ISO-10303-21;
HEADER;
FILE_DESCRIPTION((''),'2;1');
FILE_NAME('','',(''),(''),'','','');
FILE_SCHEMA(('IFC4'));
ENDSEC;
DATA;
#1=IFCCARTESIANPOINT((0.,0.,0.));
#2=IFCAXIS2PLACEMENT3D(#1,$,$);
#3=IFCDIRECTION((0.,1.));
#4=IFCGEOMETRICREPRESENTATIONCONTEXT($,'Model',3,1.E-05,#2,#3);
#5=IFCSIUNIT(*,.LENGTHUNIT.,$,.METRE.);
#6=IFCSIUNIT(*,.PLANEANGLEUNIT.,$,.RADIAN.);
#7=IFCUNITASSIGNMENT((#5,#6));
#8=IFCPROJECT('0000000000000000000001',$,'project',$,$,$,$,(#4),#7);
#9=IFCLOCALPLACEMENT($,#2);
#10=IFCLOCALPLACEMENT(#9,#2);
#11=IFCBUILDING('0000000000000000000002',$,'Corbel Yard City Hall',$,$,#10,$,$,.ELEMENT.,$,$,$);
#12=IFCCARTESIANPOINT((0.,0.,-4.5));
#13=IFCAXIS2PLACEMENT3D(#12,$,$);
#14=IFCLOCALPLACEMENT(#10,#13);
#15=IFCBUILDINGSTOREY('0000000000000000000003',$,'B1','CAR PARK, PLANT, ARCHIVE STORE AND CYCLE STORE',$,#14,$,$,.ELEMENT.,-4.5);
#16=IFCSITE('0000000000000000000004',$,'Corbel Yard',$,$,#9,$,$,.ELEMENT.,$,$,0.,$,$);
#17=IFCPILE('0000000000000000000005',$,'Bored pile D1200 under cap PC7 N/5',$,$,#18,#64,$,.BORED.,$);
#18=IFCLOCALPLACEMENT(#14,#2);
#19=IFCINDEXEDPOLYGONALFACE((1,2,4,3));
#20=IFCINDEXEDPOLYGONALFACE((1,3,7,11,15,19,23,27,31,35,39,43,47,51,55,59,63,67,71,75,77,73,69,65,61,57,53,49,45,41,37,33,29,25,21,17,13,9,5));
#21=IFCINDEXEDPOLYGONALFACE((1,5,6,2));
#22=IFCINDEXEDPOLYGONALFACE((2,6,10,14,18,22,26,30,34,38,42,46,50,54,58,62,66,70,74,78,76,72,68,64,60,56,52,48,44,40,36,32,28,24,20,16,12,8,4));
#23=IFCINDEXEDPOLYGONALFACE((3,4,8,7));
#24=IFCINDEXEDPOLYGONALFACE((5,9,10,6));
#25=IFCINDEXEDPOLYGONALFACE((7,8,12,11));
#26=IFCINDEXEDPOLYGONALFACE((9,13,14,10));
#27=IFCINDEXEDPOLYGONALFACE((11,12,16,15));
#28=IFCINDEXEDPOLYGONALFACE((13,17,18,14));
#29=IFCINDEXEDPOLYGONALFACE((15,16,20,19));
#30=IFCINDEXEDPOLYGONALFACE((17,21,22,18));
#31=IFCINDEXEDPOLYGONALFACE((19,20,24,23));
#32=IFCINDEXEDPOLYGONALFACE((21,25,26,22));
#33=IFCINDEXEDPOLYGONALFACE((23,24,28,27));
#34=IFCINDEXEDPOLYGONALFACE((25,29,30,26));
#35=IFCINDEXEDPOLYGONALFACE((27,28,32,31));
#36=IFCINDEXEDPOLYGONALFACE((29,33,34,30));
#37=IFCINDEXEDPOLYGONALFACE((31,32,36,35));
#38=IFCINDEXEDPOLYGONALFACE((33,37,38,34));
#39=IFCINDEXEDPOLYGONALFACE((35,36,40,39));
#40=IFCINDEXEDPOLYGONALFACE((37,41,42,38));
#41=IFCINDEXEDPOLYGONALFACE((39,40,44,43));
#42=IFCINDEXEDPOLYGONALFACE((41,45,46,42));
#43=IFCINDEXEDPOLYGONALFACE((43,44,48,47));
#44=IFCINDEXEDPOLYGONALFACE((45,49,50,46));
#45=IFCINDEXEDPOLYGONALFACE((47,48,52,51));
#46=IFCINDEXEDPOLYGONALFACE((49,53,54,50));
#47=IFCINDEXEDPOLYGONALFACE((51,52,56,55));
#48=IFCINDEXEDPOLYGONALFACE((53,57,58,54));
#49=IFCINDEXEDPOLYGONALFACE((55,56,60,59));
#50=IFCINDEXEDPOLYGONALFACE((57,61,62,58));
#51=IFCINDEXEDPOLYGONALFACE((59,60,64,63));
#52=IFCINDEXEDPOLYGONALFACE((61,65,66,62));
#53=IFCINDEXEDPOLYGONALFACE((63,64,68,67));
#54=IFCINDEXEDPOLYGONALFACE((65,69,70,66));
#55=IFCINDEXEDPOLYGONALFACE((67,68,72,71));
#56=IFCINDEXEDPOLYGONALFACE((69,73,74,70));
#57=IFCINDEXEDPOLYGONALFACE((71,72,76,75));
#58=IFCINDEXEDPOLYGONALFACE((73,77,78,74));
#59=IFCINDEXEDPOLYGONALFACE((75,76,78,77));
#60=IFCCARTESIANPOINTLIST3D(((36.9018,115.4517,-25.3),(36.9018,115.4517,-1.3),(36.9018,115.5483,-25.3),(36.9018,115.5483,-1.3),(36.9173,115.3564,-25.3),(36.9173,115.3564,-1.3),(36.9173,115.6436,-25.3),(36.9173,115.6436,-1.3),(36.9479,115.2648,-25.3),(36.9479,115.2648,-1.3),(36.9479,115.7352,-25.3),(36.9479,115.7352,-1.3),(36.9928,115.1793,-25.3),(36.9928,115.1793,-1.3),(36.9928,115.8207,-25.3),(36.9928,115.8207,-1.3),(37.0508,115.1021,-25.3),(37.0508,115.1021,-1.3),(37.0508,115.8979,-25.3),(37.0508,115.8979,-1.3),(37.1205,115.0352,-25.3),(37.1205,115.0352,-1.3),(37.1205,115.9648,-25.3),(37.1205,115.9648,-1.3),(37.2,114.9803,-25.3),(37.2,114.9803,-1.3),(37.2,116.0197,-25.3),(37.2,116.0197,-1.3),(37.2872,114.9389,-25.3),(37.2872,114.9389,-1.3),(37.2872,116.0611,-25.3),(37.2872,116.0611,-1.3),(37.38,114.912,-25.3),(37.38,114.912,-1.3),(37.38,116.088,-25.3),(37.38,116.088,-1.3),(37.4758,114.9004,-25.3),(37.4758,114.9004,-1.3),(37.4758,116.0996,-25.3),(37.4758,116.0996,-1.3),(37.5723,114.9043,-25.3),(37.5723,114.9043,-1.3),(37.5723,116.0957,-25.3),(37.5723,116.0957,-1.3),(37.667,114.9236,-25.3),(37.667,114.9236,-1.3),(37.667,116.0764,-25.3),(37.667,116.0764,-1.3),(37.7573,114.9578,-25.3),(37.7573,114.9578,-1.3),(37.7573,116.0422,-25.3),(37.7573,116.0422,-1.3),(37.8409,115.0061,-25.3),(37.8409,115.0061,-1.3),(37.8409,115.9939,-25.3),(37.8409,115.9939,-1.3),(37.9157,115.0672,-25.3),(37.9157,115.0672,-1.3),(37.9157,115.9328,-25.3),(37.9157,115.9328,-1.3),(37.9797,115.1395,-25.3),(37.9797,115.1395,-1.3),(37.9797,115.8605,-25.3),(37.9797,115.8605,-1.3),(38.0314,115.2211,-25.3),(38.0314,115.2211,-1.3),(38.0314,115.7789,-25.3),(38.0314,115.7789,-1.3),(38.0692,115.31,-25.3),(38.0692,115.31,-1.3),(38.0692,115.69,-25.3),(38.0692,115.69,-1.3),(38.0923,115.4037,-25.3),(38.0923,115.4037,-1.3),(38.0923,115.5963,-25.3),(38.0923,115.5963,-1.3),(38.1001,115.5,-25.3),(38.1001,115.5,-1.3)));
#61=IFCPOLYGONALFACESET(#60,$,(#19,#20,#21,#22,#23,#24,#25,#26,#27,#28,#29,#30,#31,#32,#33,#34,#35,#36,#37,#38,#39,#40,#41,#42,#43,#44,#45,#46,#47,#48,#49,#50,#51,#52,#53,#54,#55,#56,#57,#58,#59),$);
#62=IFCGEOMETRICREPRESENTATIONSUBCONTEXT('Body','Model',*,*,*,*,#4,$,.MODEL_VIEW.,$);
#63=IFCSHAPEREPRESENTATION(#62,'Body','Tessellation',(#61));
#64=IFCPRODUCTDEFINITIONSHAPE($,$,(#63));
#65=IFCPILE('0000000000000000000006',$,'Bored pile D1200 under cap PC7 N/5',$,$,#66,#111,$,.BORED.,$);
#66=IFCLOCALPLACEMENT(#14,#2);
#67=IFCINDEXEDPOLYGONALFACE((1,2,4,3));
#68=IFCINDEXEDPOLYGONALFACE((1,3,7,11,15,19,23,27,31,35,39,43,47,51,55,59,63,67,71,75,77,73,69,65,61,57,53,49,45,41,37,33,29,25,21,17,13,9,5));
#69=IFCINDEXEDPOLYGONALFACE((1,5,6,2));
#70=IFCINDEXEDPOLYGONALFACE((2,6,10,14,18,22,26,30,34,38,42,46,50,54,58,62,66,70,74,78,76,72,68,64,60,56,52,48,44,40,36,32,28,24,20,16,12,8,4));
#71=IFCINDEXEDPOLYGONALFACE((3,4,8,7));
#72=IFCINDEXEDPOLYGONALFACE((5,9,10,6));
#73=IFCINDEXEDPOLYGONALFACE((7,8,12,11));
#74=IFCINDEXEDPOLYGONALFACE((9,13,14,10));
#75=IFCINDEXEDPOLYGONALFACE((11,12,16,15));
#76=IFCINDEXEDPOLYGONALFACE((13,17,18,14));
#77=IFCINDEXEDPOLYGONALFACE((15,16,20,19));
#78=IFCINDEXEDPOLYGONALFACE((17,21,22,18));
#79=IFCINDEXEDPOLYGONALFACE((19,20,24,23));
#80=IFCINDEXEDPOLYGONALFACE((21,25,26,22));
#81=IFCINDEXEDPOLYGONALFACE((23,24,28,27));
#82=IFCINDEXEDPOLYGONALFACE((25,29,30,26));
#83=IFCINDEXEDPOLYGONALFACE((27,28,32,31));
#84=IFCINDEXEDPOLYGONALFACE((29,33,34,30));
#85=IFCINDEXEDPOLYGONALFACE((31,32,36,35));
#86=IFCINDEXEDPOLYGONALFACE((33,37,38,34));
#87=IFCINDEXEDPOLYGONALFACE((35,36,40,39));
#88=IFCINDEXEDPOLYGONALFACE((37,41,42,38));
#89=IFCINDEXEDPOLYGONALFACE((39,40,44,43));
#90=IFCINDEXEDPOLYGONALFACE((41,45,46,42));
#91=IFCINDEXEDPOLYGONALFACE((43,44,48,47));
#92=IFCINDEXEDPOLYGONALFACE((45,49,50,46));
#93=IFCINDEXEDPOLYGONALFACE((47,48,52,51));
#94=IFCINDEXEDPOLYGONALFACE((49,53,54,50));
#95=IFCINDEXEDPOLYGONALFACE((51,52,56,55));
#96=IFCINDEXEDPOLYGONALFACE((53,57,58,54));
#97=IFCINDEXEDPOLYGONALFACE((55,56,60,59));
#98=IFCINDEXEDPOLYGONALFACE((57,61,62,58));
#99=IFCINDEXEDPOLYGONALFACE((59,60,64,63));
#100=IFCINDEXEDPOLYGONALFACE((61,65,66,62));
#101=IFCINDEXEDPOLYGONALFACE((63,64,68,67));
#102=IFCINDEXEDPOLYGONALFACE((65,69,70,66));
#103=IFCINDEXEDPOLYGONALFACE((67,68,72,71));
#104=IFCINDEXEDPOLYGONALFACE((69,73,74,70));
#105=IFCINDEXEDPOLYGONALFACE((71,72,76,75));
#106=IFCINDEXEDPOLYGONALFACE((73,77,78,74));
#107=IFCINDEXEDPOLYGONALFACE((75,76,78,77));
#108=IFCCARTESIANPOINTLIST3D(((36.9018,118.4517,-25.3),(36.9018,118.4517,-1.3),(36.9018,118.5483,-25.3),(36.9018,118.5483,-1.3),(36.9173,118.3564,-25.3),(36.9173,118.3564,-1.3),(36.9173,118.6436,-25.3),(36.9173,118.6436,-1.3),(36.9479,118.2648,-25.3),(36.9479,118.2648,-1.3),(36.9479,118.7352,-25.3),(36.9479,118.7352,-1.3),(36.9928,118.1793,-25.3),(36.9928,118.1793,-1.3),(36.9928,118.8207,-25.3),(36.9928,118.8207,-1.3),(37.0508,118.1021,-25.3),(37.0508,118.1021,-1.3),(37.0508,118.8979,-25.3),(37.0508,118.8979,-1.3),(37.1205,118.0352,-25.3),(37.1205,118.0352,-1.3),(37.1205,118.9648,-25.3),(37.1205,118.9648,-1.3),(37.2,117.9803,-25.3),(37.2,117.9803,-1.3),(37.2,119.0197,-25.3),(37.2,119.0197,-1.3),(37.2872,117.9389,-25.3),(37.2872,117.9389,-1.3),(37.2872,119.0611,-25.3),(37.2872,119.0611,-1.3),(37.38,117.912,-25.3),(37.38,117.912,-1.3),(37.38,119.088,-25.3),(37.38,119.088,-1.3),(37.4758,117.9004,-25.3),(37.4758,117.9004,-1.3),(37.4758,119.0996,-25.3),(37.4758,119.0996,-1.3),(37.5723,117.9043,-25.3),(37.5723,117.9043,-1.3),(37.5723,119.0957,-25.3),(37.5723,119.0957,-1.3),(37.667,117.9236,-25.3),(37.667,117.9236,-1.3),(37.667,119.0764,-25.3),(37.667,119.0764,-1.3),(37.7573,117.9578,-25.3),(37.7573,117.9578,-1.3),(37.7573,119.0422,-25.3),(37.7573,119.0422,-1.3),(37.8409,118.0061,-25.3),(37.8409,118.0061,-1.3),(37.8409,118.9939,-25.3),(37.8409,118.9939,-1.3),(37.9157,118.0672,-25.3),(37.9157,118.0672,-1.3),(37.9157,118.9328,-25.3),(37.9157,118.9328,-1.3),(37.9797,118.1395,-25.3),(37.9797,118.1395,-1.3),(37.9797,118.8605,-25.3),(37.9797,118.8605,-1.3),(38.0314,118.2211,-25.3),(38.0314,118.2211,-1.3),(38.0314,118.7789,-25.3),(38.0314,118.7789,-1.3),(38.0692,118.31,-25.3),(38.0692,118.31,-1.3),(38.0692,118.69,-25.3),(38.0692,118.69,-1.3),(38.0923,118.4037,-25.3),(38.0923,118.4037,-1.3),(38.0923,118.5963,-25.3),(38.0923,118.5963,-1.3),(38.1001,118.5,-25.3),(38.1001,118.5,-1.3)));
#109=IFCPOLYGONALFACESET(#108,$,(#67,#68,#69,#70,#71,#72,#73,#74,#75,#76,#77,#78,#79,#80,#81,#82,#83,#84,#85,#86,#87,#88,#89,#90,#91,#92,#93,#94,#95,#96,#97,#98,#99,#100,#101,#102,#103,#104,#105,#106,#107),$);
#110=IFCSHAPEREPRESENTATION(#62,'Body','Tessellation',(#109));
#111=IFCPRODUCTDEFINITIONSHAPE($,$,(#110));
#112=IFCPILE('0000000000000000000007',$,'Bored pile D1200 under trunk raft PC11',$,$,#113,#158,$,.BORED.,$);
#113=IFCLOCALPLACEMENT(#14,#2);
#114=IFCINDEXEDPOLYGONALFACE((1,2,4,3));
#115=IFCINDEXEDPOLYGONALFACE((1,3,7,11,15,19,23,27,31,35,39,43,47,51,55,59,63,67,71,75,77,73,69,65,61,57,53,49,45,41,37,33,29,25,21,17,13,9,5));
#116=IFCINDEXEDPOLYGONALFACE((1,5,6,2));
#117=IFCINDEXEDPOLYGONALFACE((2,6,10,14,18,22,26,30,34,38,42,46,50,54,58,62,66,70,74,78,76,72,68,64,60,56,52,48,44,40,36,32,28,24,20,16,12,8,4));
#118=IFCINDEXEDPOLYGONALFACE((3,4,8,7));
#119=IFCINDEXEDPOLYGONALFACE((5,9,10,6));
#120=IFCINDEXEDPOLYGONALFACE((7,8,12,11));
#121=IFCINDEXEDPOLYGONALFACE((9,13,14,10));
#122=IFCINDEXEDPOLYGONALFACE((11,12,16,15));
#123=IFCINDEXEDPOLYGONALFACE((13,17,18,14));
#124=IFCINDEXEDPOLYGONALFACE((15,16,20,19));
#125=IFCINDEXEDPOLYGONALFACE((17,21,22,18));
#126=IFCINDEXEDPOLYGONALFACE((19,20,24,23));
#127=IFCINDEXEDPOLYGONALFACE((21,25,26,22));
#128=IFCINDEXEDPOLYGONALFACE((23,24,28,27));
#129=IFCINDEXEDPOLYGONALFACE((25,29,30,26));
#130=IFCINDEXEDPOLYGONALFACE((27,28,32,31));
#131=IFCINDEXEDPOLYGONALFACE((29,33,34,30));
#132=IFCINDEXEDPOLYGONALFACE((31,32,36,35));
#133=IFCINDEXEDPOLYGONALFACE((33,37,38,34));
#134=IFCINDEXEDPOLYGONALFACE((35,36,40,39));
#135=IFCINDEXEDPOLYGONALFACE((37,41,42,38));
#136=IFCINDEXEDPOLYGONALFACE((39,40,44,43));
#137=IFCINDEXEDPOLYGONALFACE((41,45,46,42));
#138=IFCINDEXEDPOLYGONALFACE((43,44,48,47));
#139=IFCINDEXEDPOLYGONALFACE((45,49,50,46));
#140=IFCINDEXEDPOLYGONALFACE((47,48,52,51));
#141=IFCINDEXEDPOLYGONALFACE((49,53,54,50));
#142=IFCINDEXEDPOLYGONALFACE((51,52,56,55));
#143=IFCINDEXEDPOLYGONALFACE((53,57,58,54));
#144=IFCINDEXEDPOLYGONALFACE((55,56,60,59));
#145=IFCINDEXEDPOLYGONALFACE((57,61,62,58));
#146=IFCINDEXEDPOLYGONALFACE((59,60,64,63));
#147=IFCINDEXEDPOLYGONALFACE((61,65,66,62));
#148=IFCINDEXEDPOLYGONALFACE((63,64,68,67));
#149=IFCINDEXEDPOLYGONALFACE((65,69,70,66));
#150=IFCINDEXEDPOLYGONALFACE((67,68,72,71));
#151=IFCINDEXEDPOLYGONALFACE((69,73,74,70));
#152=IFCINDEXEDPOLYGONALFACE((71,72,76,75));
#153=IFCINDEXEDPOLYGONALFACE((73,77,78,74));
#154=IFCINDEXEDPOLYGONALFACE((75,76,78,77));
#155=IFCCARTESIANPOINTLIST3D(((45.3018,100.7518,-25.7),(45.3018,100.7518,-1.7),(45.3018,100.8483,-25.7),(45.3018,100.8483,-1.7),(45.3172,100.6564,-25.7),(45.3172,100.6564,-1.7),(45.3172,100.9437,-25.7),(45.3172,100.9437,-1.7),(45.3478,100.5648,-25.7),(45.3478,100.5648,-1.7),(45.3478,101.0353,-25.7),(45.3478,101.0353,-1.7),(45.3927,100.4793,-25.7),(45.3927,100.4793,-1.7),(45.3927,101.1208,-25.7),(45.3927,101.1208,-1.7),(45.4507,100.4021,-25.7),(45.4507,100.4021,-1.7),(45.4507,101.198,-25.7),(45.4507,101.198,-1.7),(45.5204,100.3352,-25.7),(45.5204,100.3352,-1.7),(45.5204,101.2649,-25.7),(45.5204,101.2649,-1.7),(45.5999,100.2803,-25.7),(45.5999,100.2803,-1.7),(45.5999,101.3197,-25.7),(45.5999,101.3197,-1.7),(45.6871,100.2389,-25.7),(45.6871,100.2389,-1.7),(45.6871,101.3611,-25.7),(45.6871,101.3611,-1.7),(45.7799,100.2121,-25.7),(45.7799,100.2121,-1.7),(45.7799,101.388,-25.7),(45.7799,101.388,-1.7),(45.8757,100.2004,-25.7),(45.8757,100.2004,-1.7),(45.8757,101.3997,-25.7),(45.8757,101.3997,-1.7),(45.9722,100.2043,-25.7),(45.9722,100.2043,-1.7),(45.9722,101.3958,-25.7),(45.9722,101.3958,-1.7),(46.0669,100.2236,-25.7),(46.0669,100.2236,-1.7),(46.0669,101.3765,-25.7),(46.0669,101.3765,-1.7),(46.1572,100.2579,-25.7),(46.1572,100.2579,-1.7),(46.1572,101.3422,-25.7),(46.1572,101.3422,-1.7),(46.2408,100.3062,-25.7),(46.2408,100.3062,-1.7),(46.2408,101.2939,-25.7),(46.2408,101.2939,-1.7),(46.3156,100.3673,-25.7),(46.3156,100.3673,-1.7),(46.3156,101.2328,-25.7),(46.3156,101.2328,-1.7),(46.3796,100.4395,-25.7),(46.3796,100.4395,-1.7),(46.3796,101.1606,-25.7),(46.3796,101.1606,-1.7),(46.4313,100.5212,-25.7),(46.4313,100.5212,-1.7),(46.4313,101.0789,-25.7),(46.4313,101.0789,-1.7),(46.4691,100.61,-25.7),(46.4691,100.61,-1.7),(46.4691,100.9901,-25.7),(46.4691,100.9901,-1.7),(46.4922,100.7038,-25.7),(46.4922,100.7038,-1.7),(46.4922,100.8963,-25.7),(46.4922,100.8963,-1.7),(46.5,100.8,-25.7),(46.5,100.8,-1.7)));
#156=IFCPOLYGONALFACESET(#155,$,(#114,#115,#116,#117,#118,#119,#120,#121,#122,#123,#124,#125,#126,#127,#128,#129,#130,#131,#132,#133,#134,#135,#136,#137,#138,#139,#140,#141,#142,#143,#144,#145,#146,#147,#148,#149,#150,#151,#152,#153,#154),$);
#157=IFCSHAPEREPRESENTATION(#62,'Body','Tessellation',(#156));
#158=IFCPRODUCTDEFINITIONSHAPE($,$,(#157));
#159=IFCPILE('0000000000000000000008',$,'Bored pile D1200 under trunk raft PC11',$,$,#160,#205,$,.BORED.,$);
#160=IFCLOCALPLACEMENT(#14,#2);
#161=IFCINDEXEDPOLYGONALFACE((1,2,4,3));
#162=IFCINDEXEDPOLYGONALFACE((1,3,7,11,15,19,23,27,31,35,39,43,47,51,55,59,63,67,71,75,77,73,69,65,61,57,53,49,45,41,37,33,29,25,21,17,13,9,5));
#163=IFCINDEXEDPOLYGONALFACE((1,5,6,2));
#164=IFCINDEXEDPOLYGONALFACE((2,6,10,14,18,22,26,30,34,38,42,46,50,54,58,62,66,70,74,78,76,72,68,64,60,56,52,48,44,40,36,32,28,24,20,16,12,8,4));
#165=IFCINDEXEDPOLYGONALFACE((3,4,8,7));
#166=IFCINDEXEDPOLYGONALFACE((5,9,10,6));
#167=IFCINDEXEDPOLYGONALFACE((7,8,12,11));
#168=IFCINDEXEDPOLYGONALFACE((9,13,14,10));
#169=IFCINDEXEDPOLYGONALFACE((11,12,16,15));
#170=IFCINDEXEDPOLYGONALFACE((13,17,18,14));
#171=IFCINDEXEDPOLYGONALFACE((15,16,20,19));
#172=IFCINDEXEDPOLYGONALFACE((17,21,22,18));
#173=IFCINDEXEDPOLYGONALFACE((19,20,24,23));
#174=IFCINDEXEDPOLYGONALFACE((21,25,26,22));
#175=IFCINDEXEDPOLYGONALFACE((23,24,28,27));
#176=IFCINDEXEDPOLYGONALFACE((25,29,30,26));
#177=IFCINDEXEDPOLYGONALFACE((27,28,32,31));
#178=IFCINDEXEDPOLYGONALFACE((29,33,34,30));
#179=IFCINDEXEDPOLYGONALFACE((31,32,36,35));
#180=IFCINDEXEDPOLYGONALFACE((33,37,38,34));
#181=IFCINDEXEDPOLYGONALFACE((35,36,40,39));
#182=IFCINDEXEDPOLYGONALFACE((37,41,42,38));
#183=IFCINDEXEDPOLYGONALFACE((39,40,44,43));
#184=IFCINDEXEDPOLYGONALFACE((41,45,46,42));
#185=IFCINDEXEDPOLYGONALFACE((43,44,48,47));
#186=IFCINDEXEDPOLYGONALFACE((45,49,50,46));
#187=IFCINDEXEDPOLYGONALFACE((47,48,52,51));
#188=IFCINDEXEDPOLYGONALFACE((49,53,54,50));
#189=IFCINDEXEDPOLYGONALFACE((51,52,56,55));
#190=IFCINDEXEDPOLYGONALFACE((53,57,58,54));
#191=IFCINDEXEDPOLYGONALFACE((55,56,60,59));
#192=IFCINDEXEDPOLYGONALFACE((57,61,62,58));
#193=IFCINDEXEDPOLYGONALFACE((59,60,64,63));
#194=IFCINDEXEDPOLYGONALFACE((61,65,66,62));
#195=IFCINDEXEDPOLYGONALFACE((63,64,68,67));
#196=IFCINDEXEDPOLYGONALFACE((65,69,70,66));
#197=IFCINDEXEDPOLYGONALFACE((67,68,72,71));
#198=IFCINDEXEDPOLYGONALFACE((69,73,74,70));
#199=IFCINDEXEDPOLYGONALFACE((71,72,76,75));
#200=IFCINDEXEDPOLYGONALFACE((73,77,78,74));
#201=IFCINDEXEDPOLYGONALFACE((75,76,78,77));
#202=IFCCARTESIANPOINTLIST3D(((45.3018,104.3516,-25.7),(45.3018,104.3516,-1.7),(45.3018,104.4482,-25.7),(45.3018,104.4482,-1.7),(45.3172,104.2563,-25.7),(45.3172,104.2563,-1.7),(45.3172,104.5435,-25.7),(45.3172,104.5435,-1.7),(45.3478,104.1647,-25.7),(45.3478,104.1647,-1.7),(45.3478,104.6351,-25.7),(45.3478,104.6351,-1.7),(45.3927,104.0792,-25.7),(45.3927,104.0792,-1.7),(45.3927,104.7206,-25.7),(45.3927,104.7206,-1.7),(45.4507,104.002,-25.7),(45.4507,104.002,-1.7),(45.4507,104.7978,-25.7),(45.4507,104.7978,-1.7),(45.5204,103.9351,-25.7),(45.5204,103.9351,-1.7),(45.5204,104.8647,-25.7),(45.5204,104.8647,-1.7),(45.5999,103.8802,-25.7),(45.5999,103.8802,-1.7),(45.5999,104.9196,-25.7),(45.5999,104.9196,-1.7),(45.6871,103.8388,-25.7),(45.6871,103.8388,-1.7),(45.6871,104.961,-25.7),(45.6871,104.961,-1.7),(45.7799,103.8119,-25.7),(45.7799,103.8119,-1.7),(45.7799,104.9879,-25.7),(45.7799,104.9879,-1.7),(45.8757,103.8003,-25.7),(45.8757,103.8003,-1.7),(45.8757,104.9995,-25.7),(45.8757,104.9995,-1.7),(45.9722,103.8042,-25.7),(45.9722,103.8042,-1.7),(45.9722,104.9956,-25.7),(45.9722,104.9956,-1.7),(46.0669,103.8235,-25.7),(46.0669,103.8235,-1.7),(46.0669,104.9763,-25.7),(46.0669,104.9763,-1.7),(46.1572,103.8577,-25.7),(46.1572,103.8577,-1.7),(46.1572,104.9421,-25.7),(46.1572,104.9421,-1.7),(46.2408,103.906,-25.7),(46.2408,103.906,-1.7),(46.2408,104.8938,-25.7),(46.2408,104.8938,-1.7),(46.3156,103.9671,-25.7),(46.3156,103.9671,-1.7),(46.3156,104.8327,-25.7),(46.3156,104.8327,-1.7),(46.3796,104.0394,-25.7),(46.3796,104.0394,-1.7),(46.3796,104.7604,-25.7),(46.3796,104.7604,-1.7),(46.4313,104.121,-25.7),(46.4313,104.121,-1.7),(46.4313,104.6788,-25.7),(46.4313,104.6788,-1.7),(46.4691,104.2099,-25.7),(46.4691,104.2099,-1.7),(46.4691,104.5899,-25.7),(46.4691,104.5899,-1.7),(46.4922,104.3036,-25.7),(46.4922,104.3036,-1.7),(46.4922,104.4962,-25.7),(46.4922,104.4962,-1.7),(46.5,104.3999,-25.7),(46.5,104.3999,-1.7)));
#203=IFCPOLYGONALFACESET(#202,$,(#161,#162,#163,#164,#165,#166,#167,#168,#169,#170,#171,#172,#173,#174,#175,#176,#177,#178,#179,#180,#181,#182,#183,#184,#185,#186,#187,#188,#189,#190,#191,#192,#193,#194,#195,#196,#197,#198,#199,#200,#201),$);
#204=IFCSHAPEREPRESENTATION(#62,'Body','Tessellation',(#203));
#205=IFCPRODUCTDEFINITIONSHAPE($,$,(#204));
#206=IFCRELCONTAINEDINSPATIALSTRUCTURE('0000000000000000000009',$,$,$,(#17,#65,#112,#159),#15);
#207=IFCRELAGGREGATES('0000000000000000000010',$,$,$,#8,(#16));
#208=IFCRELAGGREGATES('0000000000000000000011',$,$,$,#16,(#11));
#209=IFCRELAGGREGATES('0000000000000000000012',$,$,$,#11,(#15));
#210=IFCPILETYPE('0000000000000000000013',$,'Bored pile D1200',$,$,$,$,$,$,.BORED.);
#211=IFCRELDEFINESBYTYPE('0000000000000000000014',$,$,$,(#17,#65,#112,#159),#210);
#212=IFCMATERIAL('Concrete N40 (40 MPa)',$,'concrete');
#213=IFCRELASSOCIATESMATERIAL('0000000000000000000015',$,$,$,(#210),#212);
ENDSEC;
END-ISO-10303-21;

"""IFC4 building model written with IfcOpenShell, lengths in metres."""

from ifc_helpers import new_model, si_unit, direction, frame, origin, origin_2d, place, context, subcontext, project, spatial, circle, extrude, material, material_profile, profile_set, type_object, element, save


model = new_model("IFC4")

# Units and contexts
model_context = context("Model", 3, precision=1e-05, world=origin(), true_north=direction((0.0, 1.0)))
body_context = subcontext(model_context, "Body", "Model", "MODEL_VIEW")
ifc_project = project(units=[si_unit("LENGTHUNIT", "METRE"), si_unit("PLANEANGLEUNIT", "RADIAN")], contexts=[model_context])

# Site, building, storey
site_placement = place(None, origin())
site = spatial("IfcSite", under=ifc_project, at=site_placement, Name="Corbel Yard", CompositionType="ELEMENT", RefElevation=0.0)
building_placement = place(site_placement, origin())
building = spatial("IfcBuilding", under=site, at=building_placement, Name="Corbel Yard City Hall", CompositionType="ELEMENT")
storey_placement = place(building_placement, frame((0.0, 0.0, -4.5)))
storey = spatial("IfcBuildingStorey", under=building, at=storey_placement, Name="B1", Description="CAR PARK, PLANT, ARCHIVE STORE AND CYCLE STORE", CompositionType="ELEMENT", Elevation=-4.5)

# Piles
ifc_material_1 = material(Name="Concrete N40 (40 MPa)", Category="concrete")
ifc_material_profile = material_profile(ifc_material_1, circle(Radius=0.6001, at=origin_2d()), Name="D1200")
ifc_profile_set = profile_set([ifc_material_profile], Name="Concrete N40 (40 MPa)")
pile_type = type_object("IfcPileType", Name="Bored pile D1200", PredefinedType="BORED", material=ifc_profile_set)
for number, where, z_axis, x_axis, name in (
    (1, (37.5, 115.5, -1.3), (0.0, 0.0, -1.0), (1.0, 0.0, 0.0), "Bored pile D1200 under cap PC7 N/5"),
    (2, (37.5, 118.5, -1.3), (0.0, 0.0, -1.0), (1.0, 0.0, 0.0), "Bored pile D1200 under cap PC7 N/5"),
    (3, (45.8999, 100.8, -1.7), (0.0, 0.0, -1.0), (1.0, 0.0, 0.0), "Bored pile D1200 under trunk raft PC11"),
    (4, (45.8999, 104.3999, -1.7), (0.0, 0.0, -1.0), (1.0, 0.0, 0.0), "Bored pile D1200 under trunk raft PC11"),
):
    element("IfcPile", number, at=place(storey_placement, frame(where, z_axis=z_axis, x_axis=x_axis)), inside=storey, type_object=pile_type, Name=name, PredefinedType="BORED", context=body_context, shape_type="SweptSolid", body=[
        extrude(circle(Radius=0.6001, at=origin_2d()), origin(), (0.0, 0.0, 1.0), 24.0),
    ])

save(model, "model.ifc")
